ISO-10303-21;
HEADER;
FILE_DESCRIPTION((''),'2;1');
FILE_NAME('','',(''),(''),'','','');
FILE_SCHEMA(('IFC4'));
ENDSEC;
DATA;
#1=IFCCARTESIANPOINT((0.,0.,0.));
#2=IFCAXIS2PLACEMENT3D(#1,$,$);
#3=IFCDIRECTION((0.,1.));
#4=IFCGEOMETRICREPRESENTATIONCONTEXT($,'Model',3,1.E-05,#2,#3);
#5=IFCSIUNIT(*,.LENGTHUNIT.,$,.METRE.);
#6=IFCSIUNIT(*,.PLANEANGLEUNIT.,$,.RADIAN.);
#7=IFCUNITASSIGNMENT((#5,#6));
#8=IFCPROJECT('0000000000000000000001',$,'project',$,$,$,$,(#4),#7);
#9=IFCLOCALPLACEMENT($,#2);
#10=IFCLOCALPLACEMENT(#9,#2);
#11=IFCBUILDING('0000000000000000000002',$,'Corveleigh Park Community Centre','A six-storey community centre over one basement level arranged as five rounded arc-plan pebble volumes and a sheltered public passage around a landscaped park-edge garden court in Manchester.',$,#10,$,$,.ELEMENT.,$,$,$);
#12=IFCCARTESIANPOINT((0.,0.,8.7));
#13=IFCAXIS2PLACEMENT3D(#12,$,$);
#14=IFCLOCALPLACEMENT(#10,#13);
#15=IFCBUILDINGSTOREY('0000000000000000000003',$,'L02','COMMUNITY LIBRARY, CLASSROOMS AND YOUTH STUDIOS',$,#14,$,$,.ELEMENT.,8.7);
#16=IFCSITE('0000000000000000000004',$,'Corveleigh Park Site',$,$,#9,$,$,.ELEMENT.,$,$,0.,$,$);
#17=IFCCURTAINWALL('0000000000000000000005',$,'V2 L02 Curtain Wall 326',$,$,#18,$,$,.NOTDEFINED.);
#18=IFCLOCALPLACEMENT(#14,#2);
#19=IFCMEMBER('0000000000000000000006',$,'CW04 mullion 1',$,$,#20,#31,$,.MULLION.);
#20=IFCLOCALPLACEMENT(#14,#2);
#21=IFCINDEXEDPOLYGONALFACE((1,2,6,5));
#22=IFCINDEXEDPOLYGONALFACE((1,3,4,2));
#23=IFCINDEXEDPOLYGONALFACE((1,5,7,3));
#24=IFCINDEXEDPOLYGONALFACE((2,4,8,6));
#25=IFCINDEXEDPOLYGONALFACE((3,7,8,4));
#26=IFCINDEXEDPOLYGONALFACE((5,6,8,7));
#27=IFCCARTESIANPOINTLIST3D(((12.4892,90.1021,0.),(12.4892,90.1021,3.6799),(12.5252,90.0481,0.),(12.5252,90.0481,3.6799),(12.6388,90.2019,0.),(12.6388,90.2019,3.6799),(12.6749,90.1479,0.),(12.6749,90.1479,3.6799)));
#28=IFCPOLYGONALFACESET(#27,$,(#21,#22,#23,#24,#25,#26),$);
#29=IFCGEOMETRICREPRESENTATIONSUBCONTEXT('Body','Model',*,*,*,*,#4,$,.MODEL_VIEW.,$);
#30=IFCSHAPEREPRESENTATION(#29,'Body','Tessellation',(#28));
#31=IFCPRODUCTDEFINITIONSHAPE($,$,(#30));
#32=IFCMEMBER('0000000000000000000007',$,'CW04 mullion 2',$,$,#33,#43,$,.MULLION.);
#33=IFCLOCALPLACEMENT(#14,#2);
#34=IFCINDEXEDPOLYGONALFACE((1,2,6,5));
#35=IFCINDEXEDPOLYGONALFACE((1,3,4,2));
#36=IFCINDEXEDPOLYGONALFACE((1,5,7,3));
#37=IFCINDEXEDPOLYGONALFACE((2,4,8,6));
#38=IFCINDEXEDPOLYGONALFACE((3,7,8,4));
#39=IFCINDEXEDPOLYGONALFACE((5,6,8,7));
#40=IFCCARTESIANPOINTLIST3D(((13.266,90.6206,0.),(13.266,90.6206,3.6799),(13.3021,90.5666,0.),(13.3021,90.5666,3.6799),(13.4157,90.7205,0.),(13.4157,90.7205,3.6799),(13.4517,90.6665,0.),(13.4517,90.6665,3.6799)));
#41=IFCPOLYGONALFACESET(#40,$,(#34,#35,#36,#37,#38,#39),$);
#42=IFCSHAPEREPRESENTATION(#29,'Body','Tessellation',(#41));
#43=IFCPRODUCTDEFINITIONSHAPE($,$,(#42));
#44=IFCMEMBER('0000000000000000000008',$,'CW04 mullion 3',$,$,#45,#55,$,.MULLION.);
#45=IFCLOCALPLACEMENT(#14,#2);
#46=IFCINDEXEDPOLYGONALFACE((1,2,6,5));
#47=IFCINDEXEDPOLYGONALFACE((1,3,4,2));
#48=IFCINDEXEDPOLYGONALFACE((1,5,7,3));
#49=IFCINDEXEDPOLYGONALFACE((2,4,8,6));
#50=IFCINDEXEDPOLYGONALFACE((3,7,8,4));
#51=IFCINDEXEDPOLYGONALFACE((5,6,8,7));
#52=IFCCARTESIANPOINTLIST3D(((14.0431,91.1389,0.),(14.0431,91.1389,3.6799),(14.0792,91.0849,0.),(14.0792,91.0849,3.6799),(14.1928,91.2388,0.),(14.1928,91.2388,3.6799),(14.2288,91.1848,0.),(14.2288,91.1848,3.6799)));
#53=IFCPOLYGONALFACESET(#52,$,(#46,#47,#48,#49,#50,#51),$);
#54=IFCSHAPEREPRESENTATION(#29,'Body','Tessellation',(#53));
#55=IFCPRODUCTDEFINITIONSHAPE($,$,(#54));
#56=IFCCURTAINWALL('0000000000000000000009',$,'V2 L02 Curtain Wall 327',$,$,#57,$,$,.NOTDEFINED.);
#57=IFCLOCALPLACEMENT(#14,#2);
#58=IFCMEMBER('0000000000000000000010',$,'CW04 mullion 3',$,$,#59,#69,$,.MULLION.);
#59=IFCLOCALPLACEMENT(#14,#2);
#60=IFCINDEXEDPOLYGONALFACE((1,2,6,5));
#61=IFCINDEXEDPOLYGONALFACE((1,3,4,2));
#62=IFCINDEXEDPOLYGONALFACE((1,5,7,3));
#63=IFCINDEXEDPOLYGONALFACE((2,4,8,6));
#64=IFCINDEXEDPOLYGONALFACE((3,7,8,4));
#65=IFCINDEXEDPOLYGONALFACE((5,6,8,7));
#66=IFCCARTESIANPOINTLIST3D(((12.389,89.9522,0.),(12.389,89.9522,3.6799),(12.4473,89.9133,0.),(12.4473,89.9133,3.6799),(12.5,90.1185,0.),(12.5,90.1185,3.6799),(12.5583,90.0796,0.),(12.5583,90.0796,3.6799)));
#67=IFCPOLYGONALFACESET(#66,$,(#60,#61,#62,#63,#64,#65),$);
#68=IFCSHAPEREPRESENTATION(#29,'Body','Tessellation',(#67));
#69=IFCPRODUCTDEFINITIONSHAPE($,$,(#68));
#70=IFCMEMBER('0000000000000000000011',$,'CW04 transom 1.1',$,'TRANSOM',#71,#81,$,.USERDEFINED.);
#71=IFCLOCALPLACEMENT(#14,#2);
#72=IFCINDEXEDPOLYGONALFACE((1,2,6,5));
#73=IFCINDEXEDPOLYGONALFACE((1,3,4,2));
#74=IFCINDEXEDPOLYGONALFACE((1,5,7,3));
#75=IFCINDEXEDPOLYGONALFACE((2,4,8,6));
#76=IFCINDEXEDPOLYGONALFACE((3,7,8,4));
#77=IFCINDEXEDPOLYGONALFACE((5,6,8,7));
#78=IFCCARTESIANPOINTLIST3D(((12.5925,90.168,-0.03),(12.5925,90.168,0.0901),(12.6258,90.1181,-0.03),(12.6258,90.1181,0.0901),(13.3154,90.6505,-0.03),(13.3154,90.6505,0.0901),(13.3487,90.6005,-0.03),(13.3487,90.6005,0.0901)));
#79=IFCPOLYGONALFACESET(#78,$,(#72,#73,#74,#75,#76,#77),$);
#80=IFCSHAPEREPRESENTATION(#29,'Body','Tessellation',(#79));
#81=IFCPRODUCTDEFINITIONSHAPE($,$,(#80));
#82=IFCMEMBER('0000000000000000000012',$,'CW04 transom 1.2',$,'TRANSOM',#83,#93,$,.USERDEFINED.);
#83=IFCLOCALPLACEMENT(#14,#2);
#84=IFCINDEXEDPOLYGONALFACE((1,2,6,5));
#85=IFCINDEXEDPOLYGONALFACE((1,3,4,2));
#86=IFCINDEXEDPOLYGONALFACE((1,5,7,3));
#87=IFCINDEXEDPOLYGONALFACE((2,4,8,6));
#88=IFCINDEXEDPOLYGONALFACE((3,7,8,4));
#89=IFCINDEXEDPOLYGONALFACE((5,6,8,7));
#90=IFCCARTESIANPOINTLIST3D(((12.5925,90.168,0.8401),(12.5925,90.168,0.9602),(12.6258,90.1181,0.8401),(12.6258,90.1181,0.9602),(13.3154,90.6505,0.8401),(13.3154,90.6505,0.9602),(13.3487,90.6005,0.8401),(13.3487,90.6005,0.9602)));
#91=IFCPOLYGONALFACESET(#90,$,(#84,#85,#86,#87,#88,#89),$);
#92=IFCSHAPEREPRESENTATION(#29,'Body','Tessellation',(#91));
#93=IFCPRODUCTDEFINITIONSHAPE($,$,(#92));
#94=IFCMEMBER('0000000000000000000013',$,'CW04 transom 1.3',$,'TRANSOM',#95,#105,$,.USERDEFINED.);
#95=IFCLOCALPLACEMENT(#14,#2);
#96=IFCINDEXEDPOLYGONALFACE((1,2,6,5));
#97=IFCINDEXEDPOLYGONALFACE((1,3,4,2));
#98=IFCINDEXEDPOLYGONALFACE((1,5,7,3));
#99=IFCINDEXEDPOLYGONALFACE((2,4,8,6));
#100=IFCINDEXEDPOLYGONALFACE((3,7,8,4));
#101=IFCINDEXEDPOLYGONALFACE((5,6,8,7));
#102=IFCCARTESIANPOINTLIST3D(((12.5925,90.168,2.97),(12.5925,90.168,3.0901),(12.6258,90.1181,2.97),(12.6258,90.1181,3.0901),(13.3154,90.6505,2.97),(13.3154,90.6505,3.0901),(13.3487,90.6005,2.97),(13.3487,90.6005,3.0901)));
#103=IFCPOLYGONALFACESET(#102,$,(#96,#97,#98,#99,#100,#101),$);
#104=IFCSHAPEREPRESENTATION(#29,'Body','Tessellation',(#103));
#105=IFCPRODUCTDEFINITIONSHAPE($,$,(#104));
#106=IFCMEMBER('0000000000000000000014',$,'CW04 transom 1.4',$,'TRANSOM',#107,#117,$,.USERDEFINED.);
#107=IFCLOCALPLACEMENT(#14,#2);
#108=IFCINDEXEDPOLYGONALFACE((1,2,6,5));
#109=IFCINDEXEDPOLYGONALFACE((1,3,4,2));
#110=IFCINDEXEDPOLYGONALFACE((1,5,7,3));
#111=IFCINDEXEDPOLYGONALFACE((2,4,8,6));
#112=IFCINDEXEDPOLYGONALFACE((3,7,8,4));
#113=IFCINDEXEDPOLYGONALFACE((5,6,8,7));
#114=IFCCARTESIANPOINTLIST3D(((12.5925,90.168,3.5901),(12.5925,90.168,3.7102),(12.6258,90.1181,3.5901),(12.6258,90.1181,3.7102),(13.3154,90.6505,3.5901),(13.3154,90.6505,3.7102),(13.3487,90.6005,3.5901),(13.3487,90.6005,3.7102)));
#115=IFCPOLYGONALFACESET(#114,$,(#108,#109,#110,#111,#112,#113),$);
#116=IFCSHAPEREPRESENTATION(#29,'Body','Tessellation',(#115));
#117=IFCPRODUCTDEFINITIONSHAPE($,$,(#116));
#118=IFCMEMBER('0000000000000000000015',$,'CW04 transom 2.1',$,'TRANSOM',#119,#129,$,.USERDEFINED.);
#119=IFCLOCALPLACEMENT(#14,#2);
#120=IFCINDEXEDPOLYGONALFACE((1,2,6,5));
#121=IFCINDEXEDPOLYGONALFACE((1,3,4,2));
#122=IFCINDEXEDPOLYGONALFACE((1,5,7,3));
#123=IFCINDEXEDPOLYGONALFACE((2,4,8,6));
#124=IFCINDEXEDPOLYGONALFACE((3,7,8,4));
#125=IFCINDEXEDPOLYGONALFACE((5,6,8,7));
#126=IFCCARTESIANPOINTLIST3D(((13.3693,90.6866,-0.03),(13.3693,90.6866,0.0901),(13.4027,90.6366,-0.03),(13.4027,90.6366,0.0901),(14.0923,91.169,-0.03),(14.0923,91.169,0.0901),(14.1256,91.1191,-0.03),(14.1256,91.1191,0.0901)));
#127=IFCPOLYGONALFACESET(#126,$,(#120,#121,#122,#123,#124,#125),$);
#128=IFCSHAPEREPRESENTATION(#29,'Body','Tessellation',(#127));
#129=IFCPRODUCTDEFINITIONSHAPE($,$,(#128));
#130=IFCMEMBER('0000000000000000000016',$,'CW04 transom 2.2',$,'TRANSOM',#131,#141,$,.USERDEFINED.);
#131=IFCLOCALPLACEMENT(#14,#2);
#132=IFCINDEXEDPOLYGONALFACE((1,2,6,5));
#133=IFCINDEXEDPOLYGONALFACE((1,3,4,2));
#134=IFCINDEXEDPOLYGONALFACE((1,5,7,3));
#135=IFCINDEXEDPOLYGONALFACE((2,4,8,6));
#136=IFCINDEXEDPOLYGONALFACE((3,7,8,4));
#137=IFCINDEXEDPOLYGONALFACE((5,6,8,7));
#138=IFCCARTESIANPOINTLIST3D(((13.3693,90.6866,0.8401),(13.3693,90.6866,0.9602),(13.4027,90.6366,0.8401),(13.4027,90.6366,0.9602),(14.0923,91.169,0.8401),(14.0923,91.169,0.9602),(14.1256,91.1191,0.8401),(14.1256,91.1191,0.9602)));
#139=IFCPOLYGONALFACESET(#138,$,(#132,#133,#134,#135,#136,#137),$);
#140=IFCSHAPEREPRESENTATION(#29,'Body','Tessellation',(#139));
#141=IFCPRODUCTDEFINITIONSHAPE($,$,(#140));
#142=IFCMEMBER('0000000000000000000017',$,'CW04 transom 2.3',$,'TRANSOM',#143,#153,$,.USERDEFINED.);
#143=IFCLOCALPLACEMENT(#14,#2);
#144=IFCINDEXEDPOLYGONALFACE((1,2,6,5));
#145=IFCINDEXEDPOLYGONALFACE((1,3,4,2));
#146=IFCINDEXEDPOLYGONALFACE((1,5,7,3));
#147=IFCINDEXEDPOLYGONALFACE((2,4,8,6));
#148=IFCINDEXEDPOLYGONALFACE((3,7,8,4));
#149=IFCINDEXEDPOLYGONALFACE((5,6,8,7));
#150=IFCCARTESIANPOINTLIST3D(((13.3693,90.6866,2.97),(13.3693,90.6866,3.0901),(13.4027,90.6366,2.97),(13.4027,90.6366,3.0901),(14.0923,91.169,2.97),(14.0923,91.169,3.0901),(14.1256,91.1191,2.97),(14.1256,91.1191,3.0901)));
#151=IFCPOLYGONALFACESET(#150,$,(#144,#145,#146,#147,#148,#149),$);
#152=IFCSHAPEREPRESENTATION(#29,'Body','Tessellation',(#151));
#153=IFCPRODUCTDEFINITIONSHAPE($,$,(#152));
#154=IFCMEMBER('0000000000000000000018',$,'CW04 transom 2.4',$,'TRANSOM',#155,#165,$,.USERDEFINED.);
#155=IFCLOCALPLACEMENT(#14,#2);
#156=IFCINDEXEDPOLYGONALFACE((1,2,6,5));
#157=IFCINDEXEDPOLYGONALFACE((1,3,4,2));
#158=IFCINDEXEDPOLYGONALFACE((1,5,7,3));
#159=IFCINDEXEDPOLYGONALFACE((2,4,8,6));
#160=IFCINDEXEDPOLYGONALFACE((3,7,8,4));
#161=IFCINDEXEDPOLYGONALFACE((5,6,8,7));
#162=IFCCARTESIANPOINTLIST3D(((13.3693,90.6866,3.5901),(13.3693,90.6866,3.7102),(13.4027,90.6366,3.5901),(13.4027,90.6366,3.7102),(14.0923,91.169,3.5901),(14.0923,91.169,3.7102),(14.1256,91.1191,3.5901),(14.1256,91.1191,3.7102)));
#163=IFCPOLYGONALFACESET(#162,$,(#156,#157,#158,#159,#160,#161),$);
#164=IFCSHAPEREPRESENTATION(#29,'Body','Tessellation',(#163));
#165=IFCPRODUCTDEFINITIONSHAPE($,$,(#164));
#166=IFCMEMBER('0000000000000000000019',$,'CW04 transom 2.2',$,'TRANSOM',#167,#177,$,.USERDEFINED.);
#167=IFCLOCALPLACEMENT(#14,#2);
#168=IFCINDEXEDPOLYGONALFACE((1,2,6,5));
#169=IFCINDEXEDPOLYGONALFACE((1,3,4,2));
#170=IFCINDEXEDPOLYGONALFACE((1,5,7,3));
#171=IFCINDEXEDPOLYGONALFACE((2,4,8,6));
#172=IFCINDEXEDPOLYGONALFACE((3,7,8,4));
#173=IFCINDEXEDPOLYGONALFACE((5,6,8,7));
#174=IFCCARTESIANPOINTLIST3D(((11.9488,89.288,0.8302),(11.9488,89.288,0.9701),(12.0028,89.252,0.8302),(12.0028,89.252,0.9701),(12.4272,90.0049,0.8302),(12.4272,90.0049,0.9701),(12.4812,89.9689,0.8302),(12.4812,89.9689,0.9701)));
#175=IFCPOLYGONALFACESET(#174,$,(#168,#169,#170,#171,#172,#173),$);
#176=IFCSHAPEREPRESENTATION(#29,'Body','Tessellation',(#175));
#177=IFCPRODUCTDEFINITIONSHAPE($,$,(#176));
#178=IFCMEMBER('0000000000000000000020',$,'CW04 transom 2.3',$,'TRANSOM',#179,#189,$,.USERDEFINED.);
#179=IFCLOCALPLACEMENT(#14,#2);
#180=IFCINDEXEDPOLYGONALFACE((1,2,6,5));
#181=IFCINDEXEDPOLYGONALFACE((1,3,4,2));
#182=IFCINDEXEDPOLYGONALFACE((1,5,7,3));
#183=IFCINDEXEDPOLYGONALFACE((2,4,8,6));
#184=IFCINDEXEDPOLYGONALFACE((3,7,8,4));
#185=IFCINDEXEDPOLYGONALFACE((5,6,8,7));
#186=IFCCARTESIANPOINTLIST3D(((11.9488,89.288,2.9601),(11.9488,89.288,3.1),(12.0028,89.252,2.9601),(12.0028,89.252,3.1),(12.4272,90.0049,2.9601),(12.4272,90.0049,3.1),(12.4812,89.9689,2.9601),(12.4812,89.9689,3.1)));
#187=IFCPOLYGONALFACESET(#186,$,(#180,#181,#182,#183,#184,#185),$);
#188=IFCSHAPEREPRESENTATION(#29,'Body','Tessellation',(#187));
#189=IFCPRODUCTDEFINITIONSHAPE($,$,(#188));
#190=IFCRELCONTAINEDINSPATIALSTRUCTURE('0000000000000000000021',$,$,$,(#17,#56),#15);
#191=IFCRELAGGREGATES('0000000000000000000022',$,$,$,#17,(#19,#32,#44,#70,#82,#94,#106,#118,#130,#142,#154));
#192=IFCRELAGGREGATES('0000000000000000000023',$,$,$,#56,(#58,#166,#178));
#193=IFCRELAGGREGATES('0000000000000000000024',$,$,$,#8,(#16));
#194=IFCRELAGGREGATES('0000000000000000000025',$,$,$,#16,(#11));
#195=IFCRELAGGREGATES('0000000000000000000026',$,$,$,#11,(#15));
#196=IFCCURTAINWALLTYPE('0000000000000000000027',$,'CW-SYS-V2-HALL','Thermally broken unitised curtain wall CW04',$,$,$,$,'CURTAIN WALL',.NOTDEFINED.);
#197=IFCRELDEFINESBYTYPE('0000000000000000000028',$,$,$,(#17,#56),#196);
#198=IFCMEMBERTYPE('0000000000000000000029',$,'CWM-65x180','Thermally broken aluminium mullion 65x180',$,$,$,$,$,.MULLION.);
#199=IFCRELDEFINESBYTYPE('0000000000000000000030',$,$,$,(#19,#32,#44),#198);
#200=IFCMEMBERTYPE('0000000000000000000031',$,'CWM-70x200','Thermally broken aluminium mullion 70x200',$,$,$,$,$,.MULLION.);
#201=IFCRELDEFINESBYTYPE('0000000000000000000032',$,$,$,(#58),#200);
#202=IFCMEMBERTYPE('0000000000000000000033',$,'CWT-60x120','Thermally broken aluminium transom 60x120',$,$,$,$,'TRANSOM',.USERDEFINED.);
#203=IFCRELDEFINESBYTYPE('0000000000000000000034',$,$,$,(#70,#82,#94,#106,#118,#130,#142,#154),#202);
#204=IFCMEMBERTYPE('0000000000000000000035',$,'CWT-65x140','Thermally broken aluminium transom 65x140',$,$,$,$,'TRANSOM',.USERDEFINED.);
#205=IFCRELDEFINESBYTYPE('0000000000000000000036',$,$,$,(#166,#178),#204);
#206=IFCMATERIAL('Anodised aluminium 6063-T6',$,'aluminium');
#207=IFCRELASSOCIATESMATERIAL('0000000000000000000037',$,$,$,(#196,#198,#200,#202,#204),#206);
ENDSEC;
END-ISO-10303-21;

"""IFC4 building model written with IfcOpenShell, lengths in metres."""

from ifc_helpers import new_model, si_unit, direction, frame, origin, origin_2d, place, context, subcontext, project, spatial, rectangle, extrude, material, material_profile, profile_set, type_object, element, aggregate, save


model = new_model("IFC4")

# Units and contexts
model_context = context("Model", 3, precision=1e-05, world=origin(), true_north=direction((0.0, 1.0)))
body_context = subcontext(model_context, "Body", "Model", "MODEL_VIEW")
ifc_project = project(units=[si_unit("LENGTHUNIT", "METRE"), si_unit("PLANEANGLEUNIT", "RADIAN")], contexts=[model_context])

# Site, building, storey
site_placement = place(None, origin())
site = spatial("IfcSite", under=ifc_project, at=site_placement, Name="Corveleigh Park Site", CompositionType="ELEMENT", RefElevation=0.0)
building_placement = place(site_placement, origin())
building = spatial("IfcBuilding", under=site, at=building_placement, Name="Corveleigh Park Community Centre", Description="A six-storey community centre over one basement level arranged as five rounded arc-plan pebble volumes and a sheltered public passage around a landscaped park-edge garden court in Manchester.", CompositionType="ELEMENT")
storey_placement = place(building_placement, frame((0.0, 0.0, 8.7)))
storey = spatial("IfcBuildingStorey", under=building, at=storey_placement, Name="L02", Description="COMMUNITY LIBRARY, CLASSROOMS AND YOUTH STUDIOS", CompositionType="ELEMENT", Elevation=8.7)

# Curtain wall, members
ifc_material_1 = material(Name="Anodised aluminium 6063-T6", Category="aluminium")
curtain_wall_type = type_object("IfcCurtainWallType", Name="CW-SYS-V2-HALL", Description="Thermally broken unitised curtain wall CW04", ElementType="CURTAIN WALL", PredefinedType="NOTDEFINED", material=ifc_material_1)
curtain_wall_1_placement = place(storey_placement, origin())
curtain_wall_1 = element("IfcCurtainWall", 1, at=curtain_wall_1_placement, inside=storey, type_object=curtain_wall_type, Name="V2 L02 Curtain Wall 326", PredefinedType="NOTDEFINED")
ifc_material_profile_1 = material_profile(ifc_material_1, rectangle(XDim=0.0649, YDim=0.1799, at=origin_2d()), Name="ALU-M65x180", Category="aluminium")
ifc_profile_set_1 = profile_set([ifc_material_profile_1], Name="Anodised aluminium 6063-T6")
member_type_1 = type_object("IfcMemberType", Name="CWM-65x180", Description="Thermally broken aluminium mullion 65x180", PredefinedType="MULLION", material=ifc_profile_set_1)
member_1_placement = place(storey_placement, frame((12.582, 90.125, 0.0), z_axis=(0.0, 0.0, 1.0), x_axis=(-0.555058, 0.831811, 0.0)))
member_1 = element("IfcMember", 2, at=member_1_placement, type_object=member_type_1, Name="CW04 mullion 1", PredefinedType="MULLION", context=body_context, shape_type="SweptSolid", body=[
    extrude(rectangle(XDim=0.0649, YDim=0.1799, at=origin_2d()), origin(), (0.0, 0.0, 1.0), 3.6799),
])
member_2_placement = place(storey_placement, frame((13.3589, 90.6436, 0.0), z_axis=(0.0, 0.0, 1.0), x_axis=(-0.555058, 0.831811, 0.0)))
member_2 = element("IfcMember", 3, at=member_2_placement, type_object=member_type_1, Name="CW04 mullion 2", PredefinedType="MULLION", context=body_context, shape_type="SweptSolid", body=[
    extrude(rectangle(XDim=0.0649, YDim=0.1799, at=origin_2d()), origin(), (0.0, 0.0, 1.0), 3.6799),
])
member_3_placement = place(storey_placement, frame((14.136, 91.1619, 0.0), z_axis=(0.0, 0.0, 1.0), x_axis=(-0.555058, 0.831811, 0.0)))
member_3 = element("IfcMember", 4, at=member_3_placement, type_object=member_type_1, Name="CW04 mullion 3", PredefinedType="MULLION", context=body_context, shape_type="SweptSolid", body=[
    extrude(rectangle(XDim=0.0649, YDim=0.1799, at=origin_2d()), origin(), (0.0, 0.0, 1.0), 3.6799),
])

# Curtain wall, member
curtain_wall_2_placement = place(storey_placement, origin())
curtain_wall_2 = element("IfcCurtainWall", 5, at=curtain_wall_2_placement, inside=storey, type_object=curtain_wall_type, Name="V2 L02 Curtain Wall 327", PredefinedType="NOTDEFINED")
ifc_material_profile_2 = material_profile(ifc_material_1, rectangle(XDim=0.0701, YDim=0.2, at=origin_2d()), Name="ALU-M70x200", Category="aluminium")
ifc_profile_set_2 = profile_set([ifc_material_profile_2], Name="Anodised aluminium 6063-T6")
member_type_2 = type_object("IfcMemberType", Name="CWM-70x200", Description="Thermally broken aluminium mullion 70x200", PredefinedType="MULLION", material=ifc_profile_set_2)
member_4_placement = place(storey_placement, frame((12.4736, 90.0159, 0.0), z_axis=(0.0, 0.0, 1.0), x_axis=(-0.831811, 0.555058, 0.0)))
member_4 = element("IfcMember", 6, at=member_4_placement, type_object=member_type_2, Name="CW04 mullion 3", PredefinedType="MULLION", context=body_context, shape_type="SweptSolid", body=[
    extrude(rectangle(XDim=0.0701, YDim=0.2, at=origin_2d()), origin(), (0.0, 0.0, 1.0), 3.6799),
])

# Members
ifc_material_profile_3 = material_profile(ifc_material_1, rectangle(XDim=0.0601, YDim=0.1201, at=origin_2d()), Name="ALU-T60x120", Category="aluminium")
ifc_profile_set_3 = profile_set([ifc_material_profile_3], Name="Anodised aluminium 6063-T6")
member_type_3 = type_object("IfcMemberType", Name="CWT-60x120", Description="Thermally broken aluminium transom 60x120", ElementType="TRANSOM", PredefinedType="USERDEFINED", material=ifc_profile_set_3)
member_5_placement = place(storey_placement, frame((12.6091, 90.1431, 0.03), z_axis=(0.831791, 0.555089, 0.0), x_axis=(-0.555089, 0.831791, 0.0)))
member_5 = element("IfcMember", 7, at=member_5_placement, type_object=member_type_3, Name="CW04 transom 1.1", ObjectType="TRANSOM", PredefinedType="USERDEFINED", context=body_context, shape_type="SweptSolid", body=[
    extrude(rectangle(XDim=0.0601, YDim=0.1201, at=origin_2d()), origin(), (0.0, 0.0, 1.0), 0.8691),
])
member_6_placement = place(storey_placement, frame((12.6091, 90.1431, 0.9001), z_axis=(0.831791, 0.555089, 0.0), x_axis=(-0.555089, 0.831791, 0.0)))
member_6 = element("IfcMember", 8, at=member_6_placement, type_object=member_type_3, Name="CW04 transom 1.2", ObjectType="TRANSOM", PredefinedType="USERDEFINED", context=body_context, shape_type="SweptSolid", body=[
    extrude(rectangle(XDim=0.0601, YDim=0.1201, at=origin_2d()), origin(), (0.0, 0.0, 1.0), 0.8691),
])
member_7_placement = place(storey_placement, frame((12.6091, 90.1431, 3.03), z_axis=(0.831791, 0.555089, 0.0), x_axis=(-0.555089, 0.831791, 0.0)))
member_7 = element("IfcMember", 9, at=member_7_placement, type_object=member_type_3, Name="CW04 transom 1.3", ObjectType="TRANSOM", PredefinedType="USERDEFINED", context=body_context, shape_type="SweptSolid", body=[
    extrude(rectangle(XDim=0.0601, YDim=0.1201, at=origin_2d()), origin(), (0.0, 0.0, 1.0), 0.8691),
])
member_8_placement = place(storey_placement, frame((12.6091, 90.1431, 3.6501), z_axis=(0.831791, 0.555089, 0.0), x_axis=(-0.555089, 0.831791, 0.0)))
member_8 = element("IfcMember", 10, at=member_8_placement, type_object=member_type_3, Name="CW04 transom 1.4", ObjectType="TRANSOM", PredefinedType="USERDEFINED", context=body_context, shape_type="SweptSolid", body=[
    extrude(rectangle(XDim=0.0601, YDim=0.1201, at=origin_2d()), origin(), (0.0, 0.0, 1.0), 0.8691),
])
member_9_placement = place(storey_placement, frame((13.386, 90.6616, 0.03), z_axis=(0.831791, 0.555089, 0.0), x_axis=(-0.555089, 0.831791, 0.0)))
member_9 = element("IfcMember", 11, at=member_9_placement, type_object=member_type_3, Name="CW04 transom 2.1", ObjectType="TRANSOM", PredefinedType="USERDEFINED", context=body_context, shape_type="SweptSolid", body=[
    extrude(rectangle(XDim=0.0601, YDim=0.1201, at=origin_2d()), origin(), (0.0, 0.0, 1.0), 0.8691),
])
member_10_placement = place(storey_placement, frame((13.386, 90.6616, 0.9001), z_axis=(0.831791, 0.555089, 0.0), x_axis=(-0.555089, 0.831791, 0.0)))
member_10 = element("IfcMember", 12, at=member_10_placement, type_object=member_type_3, Name="CW04 transom 2.2", ObjectType="TRANSOM", PredefinedType="USERDEFINED", context=body_context, shape_type="SweptSolid", body=[
    extrude(rectangle(XDim=0.0601, YDim=0.1201, at=origin_2d()), origin(), (0.0, 0.0, 1.0), 0.8691),
])
member_11_placement = place(storey_placement, frame((13.386, 90.6616, 3.03), z_axis=(0.831791, 0.555089, 0.0), x_axis=(-0.555089, 0.831791, 0.0)))
member_11 = element("IfcMember", 13, at=member_11_placement, type_object=member_type_3, Name="CW04 transom 2.3", ObjectType="TRANSOM", PredefinedType="USERDEFINED", context=body_context, shape_type="SweptSolid", body=[
    extrude(rectangle(XDim=0.0601, YDim=0.1201, at=origin_2d()), origin(), (0.0, 0.0, 1.0), 0.8691),
])
member_12_placement = place(storey_placement, frame((13.386, 90.6616, 3.6501), z_axis=(0.831791, 0.555089, 0.0), x_axis=(-0.555089, 0.831791, 0.0)))
member_12 = element("IfcMember", 14, at=member_12_placement, type_object=member_type_3, Name="CW04 transom 2.4", ObjectType="TRANSOM", PredefinedType="USERDEFINED", context=body_context, shape_type="SweptSolid", body=[
    extrude(rectangle(XDim=0.0601, YDim=0.1201, at=origin_2d()), origin(), (0.0, 0.0, 1.0), 0.8691),
])
ifc_material_profile_4 = material_profile(ifc_material_1, rectangle(XDim=0.0649, YDim=0.1399, at=origin_2d()), Name="ALU-T65x140", Category="aluminium")
ifc_profile_set_4 = profile_set([ifc_material_profile_4], Name="Anodised aluminium 6063-T6")
member_type_4 = type_object("IfcMemberType", Name="CWT-65x140", Description="Thermally broken aluminium transom 65x140", ElementType="TRANSOM", PredefinedType="USERDEFINED", material=ifc_profile_set_4)
member_13_placement = place(storey_placement, frame((11.9758, 89.27, 0.9001), z_axis=(0.555027, 0.831832, 0.0), x_axis=(-0.831832, 0.555027, 0.0)))
member_13 = element("IfcMember", 15, at=member_13_placement, type_object=member_type_4, Name="CW04 transom 2.2", ObjectType="TRANSOM", PredefinedType="USERDEFINED", context=body_context, shape_type="SweptSolid", body=[
    extrude(rectangle(XDim=0.0649, YDim=0.1399, at=origin_2d()), origin(), (0.0, 0.0, 1.0), 0.8618),
])
member_14_placement = place(storey_placement, frame((11.9758, 89.27, 3.03), z_axis=(0.555027, 0.831832, 0.0), x_axis=(-0.831832, 0.555027, 0.0)))
member_14 = element("IfcMember", 16, at=member_14_placement, type_object=member_type_4, Name="CW04 transom 2.3", ObjectType="TRANSOM", PredefinedType="USERDEFINED", context=body_context, shape_type="SweptSolid", body=[
    extrude(rectangle(XDim=0.0649, YDim=0.1399, at=origin_2d()), origin(), (0.0, 0.0, 1.0), 0.8618),
])

aggregate(curtain_wall_1, [member_1, member_2, member_3, member_5, member_6, member_7, member_8, member_9, member_10, member_11, member_12])
aggregate(curtain_wall_2, [member_4, member_13, member_14])

save(model, "model.ifc")
